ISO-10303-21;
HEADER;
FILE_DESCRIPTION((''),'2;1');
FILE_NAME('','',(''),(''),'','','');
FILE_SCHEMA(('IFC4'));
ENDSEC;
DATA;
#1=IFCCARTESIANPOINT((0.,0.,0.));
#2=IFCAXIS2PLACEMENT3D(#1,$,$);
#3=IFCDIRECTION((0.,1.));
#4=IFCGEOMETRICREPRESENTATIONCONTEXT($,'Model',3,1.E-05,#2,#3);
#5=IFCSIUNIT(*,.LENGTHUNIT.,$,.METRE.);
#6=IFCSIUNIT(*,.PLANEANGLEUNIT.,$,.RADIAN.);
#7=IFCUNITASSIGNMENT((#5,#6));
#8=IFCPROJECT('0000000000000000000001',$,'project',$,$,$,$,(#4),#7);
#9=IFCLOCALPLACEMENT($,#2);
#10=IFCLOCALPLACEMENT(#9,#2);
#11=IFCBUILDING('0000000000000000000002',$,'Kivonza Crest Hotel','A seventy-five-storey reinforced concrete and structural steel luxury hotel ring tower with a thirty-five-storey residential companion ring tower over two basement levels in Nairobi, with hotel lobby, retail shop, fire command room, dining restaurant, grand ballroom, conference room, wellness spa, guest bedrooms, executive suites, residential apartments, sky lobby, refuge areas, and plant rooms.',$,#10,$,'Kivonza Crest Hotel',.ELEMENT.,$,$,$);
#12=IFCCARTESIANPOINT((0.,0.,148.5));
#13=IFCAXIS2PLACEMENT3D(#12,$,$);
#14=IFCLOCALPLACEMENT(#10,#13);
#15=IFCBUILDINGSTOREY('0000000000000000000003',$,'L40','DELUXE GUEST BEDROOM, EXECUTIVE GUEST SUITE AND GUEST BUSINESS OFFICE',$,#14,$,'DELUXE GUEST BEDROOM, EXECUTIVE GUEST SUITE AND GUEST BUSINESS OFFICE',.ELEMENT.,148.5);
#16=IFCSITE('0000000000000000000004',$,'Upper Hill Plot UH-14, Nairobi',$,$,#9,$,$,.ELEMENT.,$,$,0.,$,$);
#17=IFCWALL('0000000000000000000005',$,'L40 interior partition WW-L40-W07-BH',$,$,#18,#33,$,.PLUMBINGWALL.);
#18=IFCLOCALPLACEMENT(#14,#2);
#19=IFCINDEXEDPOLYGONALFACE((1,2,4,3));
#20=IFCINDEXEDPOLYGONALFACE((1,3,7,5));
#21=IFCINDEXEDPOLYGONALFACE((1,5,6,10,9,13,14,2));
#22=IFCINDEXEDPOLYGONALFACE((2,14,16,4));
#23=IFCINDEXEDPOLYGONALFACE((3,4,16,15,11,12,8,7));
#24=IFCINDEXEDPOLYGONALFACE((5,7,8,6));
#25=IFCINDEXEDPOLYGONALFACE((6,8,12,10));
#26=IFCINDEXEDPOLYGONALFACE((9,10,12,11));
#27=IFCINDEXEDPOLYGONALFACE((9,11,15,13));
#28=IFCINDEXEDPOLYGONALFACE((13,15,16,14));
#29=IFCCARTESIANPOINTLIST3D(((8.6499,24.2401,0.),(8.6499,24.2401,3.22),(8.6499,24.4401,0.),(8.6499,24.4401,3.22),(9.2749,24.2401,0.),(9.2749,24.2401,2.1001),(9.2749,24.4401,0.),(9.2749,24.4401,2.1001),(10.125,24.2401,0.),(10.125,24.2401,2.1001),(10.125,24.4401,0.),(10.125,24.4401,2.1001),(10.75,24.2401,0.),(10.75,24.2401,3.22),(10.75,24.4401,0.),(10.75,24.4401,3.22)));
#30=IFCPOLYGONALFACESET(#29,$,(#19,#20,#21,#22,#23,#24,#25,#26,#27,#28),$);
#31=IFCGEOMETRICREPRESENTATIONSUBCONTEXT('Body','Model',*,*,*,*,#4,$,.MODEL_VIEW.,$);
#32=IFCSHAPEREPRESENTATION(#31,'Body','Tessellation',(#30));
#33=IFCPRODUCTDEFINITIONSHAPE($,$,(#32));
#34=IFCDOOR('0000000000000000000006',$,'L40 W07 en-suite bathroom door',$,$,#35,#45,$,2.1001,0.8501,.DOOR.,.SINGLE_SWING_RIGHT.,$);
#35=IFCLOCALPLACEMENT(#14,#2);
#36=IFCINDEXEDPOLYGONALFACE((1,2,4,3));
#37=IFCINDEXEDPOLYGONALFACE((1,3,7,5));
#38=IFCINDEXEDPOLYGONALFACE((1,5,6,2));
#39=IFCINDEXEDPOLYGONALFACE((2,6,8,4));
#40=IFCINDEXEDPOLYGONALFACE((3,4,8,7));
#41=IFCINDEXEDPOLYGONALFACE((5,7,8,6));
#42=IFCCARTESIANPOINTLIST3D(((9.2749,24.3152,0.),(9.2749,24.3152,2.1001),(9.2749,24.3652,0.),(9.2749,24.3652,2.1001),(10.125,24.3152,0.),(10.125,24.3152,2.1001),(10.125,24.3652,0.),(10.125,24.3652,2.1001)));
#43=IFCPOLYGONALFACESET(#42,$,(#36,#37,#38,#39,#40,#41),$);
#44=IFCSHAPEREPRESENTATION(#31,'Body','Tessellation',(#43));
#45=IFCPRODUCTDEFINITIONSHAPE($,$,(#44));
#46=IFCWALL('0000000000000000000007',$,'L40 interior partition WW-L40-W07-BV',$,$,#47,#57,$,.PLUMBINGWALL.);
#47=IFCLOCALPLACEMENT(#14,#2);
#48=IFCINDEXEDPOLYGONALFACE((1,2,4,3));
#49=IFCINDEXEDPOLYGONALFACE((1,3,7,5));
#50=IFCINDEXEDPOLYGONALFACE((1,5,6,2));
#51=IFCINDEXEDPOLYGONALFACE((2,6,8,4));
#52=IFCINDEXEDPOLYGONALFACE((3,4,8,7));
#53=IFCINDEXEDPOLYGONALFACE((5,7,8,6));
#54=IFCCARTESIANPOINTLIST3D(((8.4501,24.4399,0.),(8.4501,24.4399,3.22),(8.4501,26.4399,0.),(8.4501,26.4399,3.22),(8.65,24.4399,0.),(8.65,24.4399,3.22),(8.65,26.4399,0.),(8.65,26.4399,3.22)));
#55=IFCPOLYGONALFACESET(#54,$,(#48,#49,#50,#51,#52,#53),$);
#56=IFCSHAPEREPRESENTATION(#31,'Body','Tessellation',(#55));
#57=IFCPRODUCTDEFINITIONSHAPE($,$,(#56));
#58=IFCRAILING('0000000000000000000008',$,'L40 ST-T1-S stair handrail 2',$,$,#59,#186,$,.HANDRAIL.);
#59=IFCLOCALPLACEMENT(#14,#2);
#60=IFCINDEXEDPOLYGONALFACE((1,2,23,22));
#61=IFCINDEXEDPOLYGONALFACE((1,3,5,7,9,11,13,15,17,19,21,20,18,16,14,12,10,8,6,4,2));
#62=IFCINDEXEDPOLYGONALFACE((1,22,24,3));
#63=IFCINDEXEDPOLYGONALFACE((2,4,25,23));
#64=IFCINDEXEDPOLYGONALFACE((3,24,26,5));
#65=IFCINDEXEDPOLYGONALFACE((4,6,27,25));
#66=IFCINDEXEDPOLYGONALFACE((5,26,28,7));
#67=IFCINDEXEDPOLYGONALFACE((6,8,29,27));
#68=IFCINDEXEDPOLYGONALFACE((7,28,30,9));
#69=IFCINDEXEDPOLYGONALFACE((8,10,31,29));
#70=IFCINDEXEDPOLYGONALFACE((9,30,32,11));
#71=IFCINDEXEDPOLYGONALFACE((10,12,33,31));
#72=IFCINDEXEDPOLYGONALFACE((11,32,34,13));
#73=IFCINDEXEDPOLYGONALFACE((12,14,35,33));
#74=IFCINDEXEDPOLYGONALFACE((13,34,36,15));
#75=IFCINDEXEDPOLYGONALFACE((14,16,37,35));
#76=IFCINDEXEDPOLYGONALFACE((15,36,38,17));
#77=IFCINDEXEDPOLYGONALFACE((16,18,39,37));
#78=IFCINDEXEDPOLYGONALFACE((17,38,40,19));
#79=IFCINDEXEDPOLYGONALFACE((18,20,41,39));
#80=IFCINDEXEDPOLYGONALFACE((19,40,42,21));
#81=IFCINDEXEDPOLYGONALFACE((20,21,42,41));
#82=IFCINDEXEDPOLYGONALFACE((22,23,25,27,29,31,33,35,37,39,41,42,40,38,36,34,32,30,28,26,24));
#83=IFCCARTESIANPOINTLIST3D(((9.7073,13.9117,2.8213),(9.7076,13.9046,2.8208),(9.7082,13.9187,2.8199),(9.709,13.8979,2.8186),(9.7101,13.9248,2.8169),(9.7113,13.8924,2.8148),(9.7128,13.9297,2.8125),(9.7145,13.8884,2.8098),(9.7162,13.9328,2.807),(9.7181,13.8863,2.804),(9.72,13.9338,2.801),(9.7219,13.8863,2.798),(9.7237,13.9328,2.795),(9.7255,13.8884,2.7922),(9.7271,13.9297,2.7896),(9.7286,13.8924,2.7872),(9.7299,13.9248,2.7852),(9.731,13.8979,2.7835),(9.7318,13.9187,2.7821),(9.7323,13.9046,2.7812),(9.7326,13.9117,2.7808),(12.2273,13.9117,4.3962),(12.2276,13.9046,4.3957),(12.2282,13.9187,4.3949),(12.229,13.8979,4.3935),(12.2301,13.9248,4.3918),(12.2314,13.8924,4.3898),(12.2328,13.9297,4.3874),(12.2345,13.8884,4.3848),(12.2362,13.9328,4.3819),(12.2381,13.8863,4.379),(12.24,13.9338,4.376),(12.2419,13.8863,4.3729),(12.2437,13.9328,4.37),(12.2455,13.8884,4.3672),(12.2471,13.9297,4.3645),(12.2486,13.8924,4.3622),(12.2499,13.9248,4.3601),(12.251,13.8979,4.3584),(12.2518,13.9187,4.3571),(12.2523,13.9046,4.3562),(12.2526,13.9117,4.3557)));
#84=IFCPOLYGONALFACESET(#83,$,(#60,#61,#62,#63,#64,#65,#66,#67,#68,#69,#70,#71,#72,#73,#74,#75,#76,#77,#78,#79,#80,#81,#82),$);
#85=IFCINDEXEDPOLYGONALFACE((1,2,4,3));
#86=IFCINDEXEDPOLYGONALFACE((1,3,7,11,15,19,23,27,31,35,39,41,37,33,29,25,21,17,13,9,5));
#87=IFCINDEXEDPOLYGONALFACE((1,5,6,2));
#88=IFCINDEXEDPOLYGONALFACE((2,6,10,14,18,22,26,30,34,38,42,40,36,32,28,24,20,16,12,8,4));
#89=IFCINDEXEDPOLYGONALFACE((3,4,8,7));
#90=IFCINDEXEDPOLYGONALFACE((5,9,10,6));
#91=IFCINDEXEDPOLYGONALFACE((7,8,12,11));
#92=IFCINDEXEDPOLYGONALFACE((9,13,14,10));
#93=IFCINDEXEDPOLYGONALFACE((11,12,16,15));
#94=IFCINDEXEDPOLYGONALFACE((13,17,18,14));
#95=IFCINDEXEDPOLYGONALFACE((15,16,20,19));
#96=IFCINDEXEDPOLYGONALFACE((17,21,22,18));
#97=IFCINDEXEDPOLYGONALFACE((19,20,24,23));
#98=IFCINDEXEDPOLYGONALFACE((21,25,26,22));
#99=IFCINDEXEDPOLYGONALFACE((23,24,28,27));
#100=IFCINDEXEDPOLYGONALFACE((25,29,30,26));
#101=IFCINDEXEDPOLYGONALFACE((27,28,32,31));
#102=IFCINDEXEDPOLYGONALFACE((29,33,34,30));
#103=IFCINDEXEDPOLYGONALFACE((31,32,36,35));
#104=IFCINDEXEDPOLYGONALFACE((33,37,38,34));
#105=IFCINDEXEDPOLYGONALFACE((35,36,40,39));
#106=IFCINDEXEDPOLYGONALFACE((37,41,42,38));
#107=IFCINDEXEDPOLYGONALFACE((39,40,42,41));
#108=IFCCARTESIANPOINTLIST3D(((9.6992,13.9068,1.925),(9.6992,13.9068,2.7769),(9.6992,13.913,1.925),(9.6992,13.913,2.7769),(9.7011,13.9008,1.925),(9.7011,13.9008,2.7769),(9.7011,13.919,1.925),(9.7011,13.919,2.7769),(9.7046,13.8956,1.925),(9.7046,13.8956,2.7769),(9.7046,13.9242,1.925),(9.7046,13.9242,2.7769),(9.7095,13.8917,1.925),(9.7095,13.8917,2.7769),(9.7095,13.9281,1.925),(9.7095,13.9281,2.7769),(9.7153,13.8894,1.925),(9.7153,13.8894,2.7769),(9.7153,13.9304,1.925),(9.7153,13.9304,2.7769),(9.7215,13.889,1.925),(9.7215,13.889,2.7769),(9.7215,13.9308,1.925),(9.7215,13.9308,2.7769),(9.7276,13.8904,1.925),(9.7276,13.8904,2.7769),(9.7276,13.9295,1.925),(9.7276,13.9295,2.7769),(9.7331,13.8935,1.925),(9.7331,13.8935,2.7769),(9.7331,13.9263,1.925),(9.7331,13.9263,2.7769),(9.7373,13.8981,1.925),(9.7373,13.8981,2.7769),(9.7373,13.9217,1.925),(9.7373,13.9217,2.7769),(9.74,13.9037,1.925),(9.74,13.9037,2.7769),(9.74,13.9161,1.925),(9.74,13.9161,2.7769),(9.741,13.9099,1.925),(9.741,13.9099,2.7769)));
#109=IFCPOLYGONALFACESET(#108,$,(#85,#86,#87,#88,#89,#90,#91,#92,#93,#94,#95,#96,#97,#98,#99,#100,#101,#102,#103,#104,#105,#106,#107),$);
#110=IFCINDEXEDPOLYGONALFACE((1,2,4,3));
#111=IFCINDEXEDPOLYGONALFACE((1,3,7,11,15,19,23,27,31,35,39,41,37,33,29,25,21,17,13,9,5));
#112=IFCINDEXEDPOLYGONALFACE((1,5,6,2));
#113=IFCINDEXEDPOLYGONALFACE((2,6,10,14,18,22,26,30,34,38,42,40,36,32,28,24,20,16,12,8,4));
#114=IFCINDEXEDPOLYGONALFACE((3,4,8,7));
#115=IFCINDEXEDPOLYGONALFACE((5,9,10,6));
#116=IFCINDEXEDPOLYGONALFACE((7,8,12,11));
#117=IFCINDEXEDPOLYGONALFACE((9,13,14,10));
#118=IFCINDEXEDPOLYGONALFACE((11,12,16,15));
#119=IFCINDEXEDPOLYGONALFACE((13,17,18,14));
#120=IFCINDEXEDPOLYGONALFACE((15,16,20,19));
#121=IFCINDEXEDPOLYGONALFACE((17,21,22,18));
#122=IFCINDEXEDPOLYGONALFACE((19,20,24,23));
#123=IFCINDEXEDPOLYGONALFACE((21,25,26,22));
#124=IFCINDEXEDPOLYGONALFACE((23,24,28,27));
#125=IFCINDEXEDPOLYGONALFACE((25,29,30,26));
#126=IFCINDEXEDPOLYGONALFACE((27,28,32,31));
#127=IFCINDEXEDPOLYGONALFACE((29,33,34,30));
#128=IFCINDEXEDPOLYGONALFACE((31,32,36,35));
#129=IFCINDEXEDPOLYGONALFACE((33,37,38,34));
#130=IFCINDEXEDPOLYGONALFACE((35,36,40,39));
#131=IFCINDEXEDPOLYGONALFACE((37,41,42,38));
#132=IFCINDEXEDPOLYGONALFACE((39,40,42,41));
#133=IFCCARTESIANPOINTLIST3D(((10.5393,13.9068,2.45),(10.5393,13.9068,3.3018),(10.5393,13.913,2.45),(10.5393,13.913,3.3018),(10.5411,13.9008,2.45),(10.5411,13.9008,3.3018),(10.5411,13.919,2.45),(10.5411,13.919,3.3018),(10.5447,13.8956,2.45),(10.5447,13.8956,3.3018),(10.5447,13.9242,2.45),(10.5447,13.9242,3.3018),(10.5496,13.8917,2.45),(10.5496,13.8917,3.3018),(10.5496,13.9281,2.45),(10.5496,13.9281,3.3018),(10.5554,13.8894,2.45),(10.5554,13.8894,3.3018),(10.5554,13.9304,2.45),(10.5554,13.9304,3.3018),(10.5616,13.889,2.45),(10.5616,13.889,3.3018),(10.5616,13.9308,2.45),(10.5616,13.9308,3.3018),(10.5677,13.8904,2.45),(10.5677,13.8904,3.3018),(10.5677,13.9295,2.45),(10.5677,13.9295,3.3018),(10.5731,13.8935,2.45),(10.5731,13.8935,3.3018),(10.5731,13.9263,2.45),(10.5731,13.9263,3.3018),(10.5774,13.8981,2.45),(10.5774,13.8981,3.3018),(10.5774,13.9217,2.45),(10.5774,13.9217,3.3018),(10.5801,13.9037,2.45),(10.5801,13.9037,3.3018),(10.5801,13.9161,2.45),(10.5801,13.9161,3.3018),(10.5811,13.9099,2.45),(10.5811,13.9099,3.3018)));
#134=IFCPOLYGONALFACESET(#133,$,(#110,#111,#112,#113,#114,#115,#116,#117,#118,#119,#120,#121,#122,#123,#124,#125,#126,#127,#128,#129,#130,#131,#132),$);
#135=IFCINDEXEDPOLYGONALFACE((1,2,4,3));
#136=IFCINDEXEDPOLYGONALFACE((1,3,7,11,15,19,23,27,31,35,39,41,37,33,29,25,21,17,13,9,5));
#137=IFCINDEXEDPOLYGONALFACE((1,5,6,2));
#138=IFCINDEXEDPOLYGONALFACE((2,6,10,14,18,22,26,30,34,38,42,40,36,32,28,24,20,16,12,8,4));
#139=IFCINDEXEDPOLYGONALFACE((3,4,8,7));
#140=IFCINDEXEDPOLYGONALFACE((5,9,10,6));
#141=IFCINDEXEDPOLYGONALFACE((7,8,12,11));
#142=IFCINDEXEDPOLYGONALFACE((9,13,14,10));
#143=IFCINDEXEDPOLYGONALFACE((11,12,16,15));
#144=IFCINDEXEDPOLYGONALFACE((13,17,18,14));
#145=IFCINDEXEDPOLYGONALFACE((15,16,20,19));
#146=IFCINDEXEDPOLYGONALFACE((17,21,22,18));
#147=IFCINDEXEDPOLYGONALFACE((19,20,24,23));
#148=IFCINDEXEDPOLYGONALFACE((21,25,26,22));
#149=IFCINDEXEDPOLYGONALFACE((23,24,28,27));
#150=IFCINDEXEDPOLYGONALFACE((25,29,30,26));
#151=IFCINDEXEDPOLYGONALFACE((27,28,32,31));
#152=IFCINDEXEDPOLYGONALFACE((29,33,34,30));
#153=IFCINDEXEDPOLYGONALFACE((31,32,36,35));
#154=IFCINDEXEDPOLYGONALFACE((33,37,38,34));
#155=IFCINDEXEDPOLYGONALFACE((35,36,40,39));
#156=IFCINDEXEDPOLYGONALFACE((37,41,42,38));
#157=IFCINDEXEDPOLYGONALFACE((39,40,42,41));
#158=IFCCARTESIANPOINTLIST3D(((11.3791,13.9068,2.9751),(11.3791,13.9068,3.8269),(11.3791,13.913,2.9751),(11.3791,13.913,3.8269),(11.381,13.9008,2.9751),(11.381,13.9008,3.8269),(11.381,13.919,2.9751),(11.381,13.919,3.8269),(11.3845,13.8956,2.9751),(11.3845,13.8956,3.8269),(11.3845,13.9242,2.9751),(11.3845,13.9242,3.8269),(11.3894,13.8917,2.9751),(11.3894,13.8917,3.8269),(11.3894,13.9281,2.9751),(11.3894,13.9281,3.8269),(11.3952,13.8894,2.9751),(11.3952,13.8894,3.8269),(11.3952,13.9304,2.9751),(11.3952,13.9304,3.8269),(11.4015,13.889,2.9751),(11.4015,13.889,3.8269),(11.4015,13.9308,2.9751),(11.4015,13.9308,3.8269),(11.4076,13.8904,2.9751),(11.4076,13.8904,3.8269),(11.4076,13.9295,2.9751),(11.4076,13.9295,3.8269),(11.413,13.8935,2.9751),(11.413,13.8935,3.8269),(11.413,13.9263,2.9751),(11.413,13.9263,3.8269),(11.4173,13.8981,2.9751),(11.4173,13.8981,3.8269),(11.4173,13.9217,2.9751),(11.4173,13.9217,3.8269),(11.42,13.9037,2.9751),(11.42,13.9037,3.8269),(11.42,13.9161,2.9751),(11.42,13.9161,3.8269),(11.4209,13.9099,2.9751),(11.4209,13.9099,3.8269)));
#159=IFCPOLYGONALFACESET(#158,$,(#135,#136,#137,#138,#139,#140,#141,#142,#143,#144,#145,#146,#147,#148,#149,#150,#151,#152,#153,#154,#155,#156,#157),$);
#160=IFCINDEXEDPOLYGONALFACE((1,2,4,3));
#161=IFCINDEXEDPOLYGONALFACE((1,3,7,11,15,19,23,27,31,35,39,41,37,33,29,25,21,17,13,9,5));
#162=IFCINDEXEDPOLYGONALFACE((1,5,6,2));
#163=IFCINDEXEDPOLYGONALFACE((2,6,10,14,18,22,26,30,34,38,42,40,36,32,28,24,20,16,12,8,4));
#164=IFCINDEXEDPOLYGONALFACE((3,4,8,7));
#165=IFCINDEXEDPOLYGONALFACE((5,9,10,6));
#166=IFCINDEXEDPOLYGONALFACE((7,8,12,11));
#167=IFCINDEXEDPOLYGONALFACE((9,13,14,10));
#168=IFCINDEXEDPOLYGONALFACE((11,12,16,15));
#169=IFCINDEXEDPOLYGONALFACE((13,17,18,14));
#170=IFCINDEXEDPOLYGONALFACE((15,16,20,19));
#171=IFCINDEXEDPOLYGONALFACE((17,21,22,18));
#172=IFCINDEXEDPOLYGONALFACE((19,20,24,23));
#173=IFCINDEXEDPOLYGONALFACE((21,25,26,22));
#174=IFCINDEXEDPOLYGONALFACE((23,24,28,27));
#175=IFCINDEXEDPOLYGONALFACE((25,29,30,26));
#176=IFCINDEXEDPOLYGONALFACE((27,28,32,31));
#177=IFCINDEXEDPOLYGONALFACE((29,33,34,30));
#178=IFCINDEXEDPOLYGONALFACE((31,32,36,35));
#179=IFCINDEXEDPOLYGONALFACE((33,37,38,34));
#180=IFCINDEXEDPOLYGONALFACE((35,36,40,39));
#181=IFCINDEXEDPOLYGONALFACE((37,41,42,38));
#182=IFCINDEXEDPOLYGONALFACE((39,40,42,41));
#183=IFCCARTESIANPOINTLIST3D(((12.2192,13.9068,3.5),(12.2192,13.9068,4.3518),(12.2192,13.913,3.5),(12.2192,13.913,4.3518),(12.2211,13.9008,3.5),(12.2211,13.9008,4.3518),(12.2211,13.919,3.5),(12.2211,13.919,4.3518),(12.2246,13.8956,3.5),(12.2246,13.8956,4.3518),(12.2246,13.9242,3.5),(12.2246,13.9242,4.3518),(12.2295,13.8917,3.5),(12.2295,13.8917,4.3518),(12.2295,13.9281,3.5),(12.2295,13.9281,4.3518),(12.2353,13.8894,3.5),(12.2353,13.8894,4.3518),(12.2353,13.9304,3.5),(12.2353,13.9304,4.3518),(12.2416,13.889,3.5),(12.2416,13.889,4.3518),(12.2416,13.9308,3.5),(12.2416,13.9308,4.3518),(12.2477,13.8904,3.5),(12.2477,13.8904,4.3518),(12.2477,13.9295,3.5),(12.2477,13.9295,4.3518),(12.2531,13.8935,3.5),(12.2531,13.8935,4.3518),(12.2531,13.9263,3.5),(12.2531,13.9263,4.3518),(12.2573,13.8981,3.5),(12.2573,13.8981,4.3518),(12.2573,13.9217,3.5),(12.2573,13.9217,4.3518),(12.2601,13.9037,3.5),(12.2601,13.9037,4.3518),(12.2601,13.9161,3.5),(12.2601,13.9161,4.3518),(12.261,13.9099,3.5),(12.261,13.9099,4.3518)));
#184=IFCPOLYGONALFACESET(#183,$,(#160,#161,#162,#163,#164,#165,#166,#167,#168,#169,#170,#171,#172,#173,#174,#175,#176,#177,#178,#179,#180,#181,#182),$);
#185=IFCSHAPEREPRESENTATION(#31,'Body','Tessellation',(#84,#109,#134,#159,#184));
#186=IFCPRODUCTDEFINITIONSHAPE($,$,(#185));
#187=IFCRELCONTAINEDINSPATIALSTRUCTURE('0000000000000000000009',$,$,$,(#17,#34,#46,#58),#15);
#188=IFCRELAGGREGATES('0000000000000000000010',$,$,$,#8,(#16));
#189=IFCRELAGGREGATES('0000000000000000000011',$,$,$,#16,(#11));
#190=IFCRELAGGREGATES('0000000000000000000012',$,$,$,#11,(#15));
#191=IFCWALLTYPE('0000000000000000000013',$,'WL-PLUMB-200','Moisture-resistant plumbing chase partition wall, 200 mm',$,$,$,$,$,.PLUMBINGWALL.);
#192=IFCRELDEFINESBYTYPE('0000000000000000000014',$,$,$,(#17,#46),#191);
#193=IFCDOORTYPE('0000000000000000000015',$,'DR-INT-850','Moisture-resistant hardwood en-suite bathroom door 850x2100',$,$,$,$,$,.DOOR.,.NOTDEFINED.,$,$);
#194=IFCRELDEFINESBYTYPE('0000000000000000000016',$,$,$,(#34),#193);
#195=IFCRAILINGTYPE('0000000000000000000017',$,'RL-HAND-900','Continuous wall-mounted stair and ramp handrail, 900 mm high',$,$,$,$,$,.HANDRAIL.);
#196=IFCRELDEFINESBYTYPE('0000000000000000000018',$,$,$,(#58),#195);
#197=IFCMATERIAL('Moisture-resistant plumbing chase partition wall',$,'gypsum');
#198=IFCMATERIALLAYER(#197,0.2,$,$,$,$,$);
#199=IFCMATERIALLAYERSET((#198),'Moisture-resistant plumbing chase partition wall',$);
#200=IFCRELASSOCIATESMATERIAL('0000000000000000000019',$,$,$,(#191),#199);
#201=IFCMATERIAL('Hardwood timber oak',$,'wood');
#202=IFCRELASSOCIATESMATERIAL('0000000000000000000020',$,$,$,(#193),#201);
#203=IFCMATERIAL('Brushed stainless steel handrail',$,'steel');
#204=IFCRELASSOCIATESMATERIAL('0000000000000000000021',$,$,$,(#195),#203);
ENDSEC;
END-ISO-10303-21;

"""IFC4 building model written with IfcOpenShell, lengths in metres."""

from ifc_helpers import new_model, si_unit, direction, frame, frame_2d, origin, origin_2d, place, context, subcontext, project, spatial, rectangle, circle, extrude, material, layer, layer_set, type_object, element, fill, save


model = new_model("IFC4")

# Units and contexts
model_context = context("Model", 3, precision=1e-05, world=origin(), true_north=direction((0.0, 1.0)))
body_context = subcontext(model_context, "Body", "Model", "MODEL_VIEW")
ifc_project = project(units=[si_unit("LENGTHUNIT", "METRE"), si_unit("PLANEANGLEUNIT", "RADIAN")], contexts=[model_context])

# Site, building, storey
site_placement = place(None, origin())
site = spatial("IfcSite", under=ifc_project, at=site_placement, Name="Upper Hill Plot UH-14, Nairobi", CompositionType="ELEMENT", RefElevation=0.0)
building_placement = place(site_placement, origin())
building = spatial("IfcBuilding", under=site, at=building_placement, Name="Kivonza Crest Hotel", Description="A seventy-five-storey reinforced concrete and structural steel luxury hotel ring tower with a thirty-five-storey residential companion ring tower over two basement levels in Nairobi, with hotel lobby, retail shop, fire command room, dining restaurant, grand ballroom, conference room, wellness spa, guest bedrooms, executive suites, residential apartments, sky lobby, refuge areas, and plant rooms.", LongName="Kivonza Crest Hotel", CompositionType="ELEMENT")
storey_placement = place(building_placement, frame((0.0, 0.0, 148.5)))
storey = spatial("IfcBuildingStorey", under=building, at=storey_placement, Name="L40", Description="DELUXE GUEST BEDROOM, EXECUTIVE GUEST SUITE AND GUEST BUSINESS OFFICE", LongName="DELUXE GUEST BEDROOM, EXECUTIVE GUEST SUITE AND GUEST BUSINESS OFFICE", CompositionType="ELEMENT", Elevation=148.5)

# Shared definitions
ifc_material_1 = material(Name="Hardwood timber oak", Category="wood")

# Wall, opening, door
ifc_material_2 = material(Name="Moisture-resistant plumbing chase partition wall", Category="gypsum")
ifc_layer_1 = layer(ifc_material_2, 0.2)
ifc_layer_set_1 = layer_set([ifc_layer_1], Name="Moisture-resistant plumbing chase partition wall")
wall_type_1 = type_object("IfcWallType", Name="WL-PLUMB-200", Description="Moisture-resistant plumbing chase partition wall, 200 mm", PredefinedType="PLUMBINGWALL", material=ifc_layer_set_1)
wall_1_placement = place(storey_placement, frame((8.6499, 24.3401, 0.0), z_axis=(0.0, 0.0, 1.0), x_axis=(1.0, 0.0, 0.0)))
wall_1 = element("IfcWall", 1, at=wall_1_placement, inside=storey, type_object=wall_type_1, Name="L40 interior partition WW-L40-W07-BH", PredefinedType="PLUMBINGWALL", context=body_context, shape_type="SweptSolid", body=[
    extrude(rectangle(XDim=2.1001, YDim=0.2, at=frame_2d((1.05, 0.0))), origin(), (0.0, 0.0, 1.0), 3.22),
])
opening_1_placement = place(wall_1_placement, frame((0.625, 0.0, 0.0)))
opening_1 = element("IfcOpeningElement", 2, at=opening_1_placement, cuts=wall_1, PredefinedType="OPENING", context=body_context, shape_type="SweptSolid", body=[
    extrude(rectangle(XDim=0.8501, YDim=2.1001, at=frame_2d((0.425, 1.05))), frame((0.0, 0.1099, 0.0), z_axis=(0.0, -1.0, 0.0), x_axis=(1.0, 0.0, 0.0)), (0.0, 0.0, 1.0), 0.22),
])
door_type_1 = type_object("IfcDoorType", Name="DR-INT-850", Description="Moisture-resistant hardwood en-suite bathroom door 850x2100", OperationType="NOTDEFINED", PredefinedType="DOOR", material=ifc_material_1)
door_1_placement = place(opening_1_placement, frame((0.8501, 0.0, 0.0), z_axis=(0.0, 0.0, 1.0), x_axis=(-1.0, 0.0, 0.0)))
door_1 = element("IfcDoor", 3, at=door_1_placement, inside=storey, type_object=door_type_1, Name="L40 W07 en-suite bathroom door", OperationType="SINGLE_SWING_RIGHT", OverallHeight=2.1001, OverallWidth=0.8501, PredefinedType="DOOR", context=body_context, shape_type="SweptSolid", body=[
    extrude(rectangle(XDim=0.8501, YDim=2.1001, at=frame_2d((0.425, 1.05))), frame((0.0, 0.0249, 0.0), z_axis=(0.0, -1.0, 0.0), x_axis=(1.0, 0.0, 0.0)), (0.0, 0.0, 1.0), 0.05),
])
fill(opening_1, door_1)

# Wall
wall_2_placement = place(storey_placement, frame((8.55, 24.4399, 0.0), z_axis=(0.0, 0.0, 1.0), x_axis=(0.0, 1.0, 0.0)))
element("IfcWall", 4, at=wall_2_placement, inside=storey, type_object=wall_type_1, Name="L40 interior partition WW-L40-W07-BV", PredefinedType="PLUMBINGWALL", context=body_context, shape_type="SweptSolid", body=[
    extrude(rectangle(XDim=2.0, YDim=0.2, at=frame_2d((1.0, 0.0))), origin(), (0.0, 0.0, 1.0), 3.22),
])

# Railing
ifc_material_3 = material(Name="Brushed stainless steel handrail", Category="steel")
railing_type_1 = type_object("IfcRailingType", Name="RL-HAND-900", Description="Continuous wall-mounted stair and ramp handrail, 900 mm high", PredefinedType="HANDRAIL", material=ifc_material_3)
railing_1_placement = place(storey_placement, frame((9.72, 13.9099, 1.925)))
element("IfcRailing", 5, at=railing_1_placement, inside=storey, type_object=railing_type_1, Name="L40 ST-T1-S stair handrail 2", PredefinedType="HANDRAIL", context=body_context, shape_type="SweptSolid", body=[
    extrude(circle(Radius=0.0239, at=origin_2d()), frame((0.0, 0.0, 0.876), z_axis=(0.848008, 0.0, 0.529984), x_axis=(0.0, 1.0, 0.0)), (0.0, 0.0, 1.0), 2.9717),
    extrude(circle(Radius=0.021, at=origin_2d()), origin(), (0.0, 0.0, 1.0), 0.8518),
    extrude(circle(Radius=0.021, at=origin_2d()), frame((0.8401, 0.0, 0.5249)), (0.0, 0.0, 1.0), 0.8518),
    extrude(circle(Radius=0.021, at=origin_2d()), frame((1.6799, 0.0, 1.05)), (0.0, 0.0, 1.0), 0.8518),
    extrude(circle(Radius=0.021, at=origin_2d()), frame((2.52, 0.0, 1.575)), (0.0, 0.0, 1.0), 0.8518),
])

save(model, "model.ifc")
